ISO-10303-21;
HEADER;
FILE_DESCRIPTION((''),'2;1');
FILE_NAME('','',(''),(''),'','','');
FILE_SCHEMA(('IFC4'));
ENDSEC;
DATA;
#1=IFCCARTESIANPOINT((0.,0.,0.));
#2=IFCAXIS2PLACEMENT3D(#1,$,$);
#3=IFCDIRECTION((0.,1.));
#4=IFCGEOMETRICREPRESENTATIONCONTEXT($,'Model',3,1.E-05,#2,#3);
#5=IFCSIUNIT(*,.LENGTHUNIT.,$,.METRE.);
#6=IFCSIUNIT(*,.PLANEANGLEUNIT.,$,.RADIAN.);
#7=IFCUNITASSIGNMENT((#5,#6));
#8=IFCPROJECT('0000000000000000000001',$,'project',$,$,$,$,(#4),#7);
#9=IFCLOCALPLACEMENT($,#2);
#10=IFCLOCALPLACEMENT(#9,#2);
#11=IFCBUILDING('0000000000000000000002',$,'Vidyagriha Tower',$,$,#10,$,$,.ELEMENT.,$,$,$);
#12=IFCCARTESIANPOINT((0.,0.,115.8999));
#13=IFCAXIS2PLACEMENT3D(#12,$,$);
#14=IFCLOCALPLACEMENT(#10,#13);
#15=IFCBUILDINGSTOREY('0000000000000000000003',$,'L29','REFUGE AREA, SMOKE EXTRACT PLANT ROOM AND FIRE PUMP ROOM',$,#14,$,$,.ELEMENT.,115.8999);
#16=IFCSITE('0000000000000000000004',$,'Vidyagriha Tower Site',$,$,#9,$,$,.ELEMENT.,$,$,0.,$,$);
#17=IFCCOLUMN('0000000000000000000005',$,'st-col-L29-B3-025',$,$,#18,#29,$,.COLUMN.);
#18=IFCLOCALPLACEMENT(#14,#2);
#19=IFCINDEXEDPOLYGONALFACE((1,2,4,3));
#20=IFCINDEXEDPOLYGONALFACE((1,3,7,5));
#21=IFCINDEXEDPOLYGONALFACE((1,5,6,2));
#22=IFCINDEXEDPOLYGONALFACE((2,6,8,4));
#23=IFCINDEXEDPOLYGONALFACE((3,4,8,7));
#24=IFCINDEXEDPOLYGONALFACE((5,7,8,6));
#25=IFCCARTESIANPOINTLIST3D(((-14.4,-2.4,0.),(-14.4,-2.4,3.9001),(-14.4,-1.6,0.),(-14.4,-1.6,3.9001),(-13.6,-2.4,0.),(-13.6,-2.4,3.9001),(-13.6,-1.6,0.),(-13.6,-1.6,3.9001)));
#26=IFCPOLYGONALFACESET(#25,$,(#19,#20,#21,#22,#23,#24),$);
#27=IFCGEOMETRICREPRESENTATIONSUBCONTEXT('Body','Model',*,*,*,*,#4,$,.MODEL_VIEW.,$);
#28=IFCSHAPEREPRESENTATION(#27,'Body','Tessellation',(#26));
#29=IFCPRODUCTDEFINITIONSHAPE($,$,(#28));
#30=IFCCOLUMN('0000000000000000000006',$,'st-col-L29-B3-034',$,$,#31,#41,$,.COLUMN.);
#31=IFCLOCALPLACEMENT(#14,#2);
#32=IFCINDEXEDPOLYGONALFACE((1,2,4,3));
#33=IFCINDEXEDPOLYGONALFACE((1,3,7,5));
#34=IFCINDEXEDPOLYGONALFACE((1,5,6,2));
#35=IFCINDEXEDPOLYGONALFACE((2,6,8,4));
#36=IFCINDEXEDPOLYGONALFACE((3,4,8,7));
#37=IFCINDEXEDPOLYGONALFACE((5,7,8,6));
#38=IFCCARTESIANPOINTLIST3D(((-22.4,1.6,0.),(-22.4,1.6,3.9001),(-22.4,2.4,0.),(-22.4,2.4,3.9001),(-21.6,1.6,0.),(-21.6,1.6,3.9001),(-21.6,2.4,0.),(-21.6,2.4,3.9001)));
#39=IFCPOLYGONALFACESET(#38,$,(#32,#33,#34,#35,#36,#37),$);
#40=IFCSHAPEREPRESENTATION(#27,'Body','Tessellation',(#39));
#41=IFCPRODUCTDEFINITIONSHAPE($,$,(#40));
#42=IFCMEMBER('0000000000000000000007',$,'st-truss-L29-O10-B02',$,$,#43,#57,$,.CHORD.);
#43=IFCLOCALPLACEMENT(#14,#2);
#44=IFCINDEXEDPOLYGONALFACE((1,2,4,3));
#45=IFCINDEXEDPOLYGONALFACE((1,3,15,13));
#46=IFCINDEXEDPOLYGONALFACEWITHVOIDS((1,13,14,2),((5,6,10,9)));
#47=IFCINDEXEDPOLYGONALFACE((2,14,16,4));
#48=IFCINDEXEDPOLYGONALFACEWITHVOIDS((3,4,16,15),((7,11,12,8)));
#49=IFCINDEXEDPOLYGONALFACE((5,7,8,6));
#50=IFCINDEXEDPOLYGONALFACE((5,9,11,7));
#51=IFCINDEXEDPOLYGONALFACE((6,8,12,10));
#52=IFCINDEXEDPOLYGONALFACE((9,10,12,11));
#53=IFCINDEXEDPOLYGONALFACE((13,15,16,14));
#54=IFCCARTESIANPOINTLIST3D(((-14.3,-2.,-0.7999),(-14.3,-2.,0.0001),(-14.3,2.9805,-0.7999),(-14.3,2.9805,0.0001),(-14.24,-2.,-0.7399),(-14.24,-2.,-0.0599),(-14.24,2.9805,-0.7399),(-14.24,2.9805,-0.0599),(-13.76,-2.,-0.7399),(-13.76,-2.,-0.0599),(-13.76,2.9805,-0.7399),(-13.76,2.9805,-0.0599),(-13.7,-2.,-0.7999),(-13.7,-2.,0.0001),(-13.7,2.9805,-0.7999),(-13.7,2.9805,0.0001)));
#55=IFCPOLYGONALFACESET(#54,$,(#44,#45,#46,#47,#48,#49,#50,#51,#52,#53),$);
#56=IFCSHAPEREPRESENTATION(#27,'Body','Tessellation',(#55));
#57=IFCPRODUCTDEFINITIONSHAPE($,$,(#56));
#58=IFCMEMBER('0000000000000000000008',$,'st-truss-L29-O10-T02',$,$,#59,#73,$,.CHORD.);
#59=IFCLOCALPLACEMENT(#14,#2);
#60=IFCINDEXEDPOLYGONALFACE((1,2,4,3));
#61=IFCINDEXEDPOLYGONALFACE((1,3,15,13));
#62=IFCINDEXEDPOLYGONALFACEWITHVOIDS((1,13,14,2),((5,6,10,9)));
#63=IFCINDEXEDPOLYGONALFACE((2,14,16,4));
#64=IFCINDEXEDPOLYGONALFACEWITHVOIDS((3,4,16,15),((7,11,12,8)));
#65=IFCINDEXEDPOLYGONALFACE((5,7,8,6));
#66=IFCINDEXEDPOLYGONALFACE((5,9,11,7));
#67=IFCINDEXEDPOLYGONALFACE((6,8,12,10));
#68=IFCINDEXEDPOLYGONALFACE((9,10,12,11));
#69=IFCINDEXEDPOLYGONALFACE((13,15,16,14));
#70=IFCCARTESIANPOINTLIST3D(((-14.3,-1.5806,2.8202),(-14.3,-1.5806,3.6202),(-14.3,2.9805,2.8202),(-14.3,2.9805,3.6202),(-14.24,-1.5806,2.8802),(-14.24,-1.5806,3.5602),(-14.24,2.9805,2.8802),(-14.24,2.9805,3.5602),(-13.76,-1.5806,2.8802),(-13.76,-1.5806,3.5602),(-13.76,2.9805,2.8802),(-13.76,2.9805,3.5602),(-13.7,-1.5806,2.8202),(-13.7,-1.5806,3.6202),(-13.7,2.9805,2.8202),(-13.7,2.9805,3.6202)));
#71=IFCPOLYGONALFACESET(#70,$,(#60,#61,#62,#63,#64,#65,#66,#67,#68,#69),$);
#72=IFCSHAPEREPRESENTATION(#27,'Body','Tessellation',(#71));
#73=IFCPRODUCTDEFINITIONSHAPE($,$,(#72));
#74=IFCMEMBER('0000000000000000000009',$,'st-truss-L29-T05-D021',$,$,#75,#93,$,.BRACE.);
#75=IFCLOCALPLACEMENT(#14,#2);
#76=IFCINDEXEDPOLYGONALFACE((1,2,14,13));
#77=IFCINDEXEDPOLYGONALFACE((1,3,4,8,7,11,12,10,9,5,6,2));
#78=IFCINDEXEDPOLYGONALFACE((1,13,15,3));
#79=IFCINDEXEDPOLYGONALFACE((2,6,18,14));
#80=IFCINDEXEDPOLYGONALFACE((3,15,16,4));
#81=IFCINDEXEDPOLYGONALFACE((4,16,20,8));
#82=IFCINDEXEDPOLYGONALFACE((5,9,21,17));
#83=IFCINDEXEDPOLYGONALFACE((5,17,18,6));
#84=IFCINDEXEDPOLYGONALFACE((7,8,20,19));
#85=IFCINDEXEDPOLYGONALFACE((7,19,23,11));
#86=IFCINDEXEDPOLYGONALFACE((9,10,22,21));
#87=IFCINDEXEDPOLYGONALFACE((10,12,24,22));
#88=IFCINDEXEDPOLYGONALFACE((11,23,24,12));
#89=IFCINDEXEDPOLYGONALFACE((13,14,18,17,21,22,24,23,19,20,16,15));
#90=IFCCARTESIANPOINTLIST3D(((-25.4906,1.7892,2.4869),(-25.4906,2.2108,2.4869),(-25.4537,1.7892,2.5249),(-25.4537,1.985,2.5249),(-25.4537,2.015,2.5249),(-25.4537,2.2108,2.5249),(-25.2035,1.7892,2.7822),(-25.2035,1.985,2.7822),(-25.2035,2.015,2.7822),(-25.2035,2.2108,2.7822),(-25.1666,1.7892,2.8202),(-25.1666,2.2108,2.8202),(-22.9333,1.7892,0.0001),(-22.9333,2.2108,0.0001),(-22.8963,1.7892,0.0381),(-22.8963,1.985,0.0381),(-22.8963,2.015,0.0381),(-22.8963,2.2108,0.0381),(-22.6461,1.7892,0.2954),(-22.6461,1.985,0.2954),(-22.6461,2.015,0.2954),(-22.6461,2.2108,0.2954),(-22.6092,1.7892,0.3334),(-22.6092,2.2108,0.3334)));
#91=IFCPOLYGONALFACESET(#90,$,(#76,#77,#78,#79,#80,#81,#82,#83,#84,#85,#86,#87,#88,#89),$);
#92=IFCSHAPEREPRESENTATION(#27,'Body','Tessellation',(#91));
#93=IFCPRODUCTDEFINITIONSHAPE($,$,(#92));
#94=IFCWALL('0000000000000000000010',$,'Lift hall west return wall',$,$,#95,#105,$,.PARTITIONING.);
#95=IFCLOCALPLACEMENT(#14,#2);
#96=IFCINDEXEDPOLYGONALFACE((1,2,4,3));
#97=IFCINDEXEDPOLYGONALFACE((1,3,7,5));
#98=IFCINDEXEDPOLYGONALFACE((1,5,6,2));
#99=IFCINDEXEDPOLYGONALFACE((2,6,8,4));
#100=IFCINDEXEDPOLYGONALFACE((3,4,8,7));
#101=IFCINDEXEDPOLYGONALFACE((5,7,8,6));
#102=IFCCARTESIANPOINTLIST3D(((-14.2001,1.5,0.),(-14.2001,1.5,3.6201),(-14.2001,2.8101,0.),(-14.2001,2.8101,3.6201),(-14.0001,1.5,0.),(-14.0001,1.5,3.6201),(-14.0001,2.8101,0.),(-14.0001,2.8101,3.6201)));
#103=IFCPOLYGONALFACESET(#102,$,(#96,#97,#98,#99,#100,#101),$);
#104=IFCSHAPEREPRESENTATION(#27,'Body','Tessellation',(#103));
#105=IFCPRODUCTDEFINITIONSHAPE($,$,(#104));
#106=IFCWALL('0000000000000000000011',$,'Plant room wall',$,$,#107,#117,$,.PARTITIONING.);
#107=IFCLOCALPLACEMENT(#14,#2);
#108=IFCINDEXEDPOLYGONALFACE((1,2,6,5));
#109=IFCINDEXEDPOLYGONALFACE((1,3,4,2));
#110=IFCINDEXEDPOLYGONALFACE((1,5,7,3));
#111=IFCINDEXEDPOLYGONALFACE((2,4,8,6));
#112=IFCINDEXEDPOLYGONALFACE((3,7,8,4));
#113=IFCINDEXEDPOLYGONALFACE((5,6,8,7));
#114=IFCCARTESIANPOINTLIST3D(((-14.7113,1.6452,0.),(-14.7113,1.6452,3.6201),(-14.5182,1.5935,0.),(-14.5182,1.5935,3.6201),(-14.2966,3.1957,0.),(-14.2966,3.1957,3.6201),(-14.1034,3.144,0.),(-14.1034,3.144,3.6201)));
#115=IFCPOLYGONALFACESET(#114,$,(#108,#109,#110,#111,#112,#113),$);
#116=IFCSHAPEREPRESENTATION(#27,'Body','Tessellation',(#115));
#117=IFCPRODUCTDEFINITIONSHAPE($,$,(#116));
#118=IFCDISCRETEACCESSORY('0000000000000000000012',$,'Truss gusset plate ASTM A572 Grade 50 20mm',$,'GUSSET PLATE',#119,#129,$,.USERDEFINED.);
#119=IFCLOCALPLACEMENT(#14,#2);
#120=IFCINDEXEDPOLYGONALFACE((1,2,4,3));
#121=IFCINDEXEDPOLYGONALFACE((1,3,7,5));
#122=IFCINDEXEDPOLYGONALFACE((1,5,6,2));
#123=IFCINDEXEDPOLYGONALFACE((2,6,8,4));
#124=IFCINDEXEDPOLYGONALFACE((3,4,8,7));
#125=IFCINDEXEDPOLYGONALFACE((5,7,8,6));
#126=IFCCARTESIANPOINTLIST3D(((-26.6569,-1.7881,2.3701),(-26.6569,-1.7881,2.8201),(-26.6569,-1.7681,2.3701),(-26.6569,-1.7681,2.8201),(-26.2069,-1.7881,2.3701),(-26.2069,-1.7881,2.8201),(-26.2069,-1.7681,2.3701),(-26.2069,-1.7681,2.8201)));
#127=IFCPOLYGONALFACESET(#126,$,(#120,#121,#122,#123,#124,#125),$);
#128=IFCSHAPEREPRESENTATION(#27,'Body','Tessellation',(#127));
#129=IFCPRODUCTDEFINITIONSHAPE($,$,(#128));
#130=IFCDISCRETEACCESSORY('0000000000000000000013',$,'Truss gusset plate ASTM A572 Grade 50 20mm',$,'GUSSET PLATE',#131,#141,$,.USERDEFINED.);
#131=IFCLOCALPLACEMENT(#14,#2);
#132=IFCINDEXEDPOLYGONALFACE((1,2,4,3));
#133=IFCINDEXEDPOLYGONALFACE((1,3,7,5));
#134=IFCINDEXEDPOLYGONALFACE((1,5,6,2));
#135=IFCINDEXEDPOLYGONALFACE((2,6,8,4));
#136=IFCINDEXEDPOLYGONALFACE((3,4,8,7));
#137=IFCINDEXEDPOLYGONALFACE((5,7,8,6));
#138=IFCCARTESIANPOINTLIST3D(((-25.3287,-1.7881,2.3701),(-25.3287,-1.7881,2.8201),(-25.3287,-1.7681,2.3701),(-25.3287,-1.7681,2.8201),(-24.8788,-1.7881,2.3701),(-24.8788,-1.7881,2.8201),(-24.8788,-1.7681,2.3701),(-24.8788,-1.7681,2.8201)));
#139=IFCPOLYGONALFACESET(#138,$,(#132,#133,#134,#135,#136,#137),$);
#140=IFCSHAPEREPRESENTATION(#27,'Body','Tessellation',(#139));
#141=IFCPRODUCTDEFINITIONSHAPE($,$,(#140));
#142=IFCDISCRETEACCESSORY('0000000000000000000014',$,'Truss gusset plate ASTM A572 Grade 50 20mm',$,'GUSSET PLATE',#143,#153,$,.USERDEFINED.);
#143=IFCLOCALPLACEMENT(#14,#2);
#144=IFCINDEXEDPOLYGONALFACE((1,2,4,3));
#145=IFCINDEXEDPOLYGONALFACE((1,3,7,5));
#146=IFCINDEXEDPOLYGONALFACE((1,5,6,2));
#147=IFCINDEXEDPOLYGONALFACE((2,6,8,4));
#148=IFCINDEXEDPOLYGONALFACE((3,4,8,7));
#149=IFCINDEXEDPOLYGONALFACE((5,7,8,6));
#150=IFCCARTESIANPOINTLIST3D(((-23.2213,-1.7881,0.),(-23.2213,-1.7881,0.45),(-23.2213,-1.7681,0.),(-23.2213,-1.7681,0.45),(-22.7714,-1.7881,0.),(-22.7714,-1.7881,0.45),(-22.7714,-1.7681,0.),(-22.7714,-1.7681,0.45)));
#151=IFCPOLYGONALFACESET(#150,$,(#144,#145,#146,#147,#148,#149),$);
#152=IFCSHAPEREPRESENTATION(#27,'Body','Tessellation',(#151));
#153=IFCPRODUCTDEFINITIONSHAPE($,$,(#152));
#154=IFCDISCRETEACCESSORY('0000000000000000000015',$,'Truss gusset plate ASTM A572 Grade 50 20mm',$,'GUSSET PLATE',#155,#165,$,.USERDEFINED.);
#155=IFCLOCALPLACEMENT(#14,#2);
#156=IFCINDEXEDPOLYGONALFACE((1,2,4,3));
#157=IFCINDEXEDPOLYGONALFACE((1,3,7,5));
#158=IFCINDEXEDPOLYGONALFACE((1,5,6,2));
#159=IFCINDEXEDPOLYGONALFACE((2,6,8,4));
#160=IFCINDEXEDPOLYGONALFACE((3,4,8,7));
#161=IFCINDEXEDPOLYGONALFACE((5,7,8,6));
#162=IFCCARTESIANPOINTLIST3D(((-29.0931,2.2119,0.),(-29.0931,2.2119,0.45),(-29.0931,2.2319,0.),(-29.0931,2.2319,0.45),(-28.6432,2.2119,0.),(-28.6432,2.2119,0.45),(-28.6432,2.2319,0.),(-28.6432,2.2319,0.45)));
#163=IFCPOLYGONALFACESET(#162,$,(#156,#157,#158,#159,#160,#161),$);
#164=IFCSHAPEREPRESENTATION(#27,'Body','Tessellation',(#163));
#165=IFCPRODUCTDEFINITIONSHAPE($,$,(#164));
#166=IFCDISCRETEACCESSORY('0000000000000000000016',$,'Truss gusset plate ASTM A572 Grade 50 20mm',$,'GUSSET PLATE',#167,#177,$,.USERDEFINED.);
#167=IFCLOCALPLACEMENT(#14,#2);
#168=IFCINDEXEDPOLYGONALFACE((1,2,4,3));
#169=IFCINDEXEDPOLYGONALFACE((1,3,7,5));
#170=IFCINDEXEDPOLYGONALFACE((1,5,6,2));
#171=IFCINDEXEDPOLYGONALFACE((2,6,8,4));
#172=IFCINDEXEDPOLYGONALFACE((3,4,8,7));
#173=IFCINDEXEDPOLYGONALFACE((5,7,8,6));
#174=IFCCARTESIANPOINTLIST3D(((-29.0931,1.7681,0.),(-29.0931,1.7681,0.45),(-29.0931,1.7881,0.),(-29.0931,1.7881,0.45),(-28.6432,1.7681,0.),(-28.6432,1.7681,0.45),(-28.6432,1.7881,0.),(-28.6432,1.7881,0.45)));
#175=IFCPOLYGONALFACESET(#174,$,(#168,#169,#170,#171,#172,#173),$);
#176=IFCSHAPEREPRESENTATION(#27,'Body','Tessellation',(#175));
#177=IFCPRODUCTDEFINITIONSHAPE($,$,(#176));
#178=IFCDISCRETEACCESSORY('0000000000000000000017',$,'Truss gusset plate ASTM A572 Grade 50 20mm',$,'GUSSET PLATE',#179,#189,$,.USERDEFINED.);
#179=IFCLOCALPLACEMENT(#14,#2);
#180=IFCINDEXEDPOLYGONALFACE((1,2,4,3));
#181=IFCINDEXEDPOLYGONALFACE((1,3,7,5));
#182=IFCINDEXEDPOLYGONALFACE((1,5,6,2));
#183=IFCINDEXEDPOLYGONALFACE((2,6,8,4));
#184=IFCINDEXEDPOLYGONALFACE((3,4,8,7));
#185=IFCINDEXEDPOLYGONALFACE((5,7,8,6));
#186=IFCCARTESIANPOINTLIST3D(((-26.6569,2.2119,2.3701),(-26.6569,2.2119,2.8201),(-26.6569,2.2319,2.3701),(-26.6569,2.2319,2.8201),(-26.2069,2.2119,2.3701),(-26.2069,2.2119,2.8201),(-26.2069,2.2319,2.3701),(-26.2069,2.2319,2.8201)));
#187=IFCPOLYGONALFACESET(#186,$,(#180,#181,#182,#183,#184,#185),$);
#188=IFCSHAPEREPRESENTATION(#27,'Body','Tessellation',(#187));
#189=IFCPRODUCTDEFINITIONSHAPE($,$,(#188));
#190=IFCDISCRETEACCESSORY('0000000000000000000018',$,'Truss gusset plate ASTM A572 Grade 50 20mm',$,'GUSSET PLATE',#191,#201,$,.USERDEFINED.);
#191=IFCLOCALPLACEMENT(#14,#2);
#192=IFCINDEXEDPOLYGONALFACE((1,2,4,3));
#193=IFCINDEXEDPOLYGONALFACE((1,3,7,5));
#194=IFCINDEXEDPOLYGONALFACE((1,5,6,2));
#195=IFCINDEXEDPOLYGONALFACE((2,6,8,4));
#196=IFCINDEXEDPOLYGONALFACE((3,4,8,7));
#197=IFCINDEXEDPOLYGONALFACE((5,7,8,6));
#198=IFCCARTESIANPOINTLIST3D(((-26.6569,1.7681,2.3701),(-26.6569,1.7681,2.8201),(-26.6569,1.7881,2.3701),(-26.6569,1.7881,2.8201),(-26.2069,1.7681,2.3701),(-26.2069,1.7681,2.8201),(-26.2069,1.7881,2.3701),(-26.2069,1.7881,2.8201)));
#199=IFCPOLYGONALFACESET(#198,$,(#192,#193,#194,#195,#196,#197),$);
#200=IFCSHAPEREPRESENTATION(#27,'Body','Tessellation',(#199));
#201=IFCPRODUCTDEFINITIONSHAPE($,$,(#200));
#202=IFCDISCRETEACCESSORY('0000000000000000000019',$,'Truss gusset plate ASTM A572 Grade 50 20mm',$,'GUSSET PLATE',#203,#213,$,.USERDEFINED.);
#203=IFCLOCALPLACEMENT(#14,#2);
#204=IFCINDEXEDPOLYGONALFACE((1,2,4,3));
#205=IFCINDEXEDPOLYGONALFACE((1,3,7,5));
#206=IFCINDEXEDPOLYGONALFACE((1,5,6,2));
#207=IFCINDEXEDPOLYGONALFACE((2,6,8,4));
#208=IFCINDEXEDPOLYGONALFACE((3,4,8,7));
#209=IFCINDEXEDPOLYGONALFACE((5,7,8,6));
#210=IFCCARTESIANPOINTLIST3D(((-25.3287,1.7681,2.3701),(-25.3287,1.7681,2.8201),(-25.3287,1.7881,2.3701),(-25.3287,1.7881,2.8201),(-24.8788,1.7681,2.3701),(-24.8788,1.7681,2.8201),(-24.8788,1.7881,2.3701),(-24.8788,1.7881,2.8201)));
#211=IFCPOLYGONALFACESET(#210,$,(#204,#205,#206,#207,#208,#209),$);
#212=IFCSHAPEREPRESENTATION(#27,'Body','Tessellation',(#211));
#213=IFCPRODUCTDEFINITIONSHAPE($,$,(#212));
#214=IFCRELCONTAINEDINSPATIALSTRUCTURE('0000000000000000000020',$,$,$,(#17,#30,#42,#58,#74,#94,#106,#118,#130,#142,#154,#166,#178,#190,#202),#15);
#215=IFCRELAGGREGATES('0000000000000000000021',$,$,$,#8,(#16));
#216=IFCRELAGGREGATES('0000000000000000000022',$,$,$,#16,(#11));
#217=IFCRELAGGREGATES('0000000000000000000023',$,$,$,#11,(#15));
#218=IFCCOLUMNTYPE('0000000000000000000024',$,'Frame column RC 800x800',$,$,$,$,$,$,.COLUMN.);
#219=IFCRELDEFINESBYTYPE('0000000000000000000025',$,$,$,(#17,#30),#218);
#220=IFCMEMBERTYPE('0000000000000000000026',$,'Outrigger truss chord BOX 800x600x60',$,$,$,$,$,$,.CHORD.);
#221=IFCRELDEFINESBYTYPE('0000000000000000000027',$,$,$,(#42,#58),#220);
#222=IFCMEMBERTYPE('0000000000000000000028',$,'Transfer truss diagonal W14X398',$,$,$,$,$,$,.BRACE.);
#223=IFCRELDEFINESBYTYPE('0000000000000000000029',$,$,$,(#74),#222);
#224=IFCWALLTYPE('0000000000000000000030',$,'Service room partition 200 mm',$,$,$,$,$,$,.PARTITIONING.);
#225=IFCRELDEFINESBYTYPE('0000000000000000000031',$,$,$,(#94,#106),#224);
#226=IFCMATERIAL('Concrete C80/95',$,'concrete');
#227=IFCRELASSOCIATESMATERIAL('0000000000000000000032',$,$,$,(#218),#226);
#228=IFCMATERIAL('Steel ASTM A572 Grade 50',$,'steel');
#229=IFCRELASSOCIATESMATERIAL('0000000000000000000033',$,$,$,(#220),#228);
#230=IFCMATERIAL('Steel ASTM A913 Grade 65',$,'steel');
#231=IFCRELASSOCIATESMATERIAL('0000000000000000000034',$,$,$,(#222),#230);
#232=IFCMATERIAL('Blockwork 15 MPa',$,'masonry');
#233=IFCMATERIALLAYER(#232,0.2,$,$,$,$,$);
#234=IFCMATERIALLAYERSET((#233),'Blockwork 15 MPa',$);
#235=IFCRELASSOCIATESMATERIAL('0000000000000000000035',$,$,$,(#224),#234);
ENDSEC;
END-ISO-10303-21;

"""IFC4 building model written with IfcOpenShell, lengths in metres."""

from ifc_helpers import new_model, si_unit, direction, frame, frame_2d, origin, origin_2d, place, context, subcontext, project, spatial, rectangle, hollow_rectangle, i_section, extrude, material, layer, layer_set, material_profile, profile_set, type_object, element, save


model = new_model("IFC4")

# Units and contexts
model_context = context("Model", 3, precision=1e-05, world=origin(), true_north=direction((0.0, 1.0)))
body_context = subcontext(model_context, "Body", "Model", "MODEL_VIEW")
ifc_project = project(units=[si_unit("LENGTHUNIT", "METRE"), si_unit("PLANEANGLEUNIT", "RADIAN")], contexts=[model_context])

# Site, building, storey
site_placement = place(None, origin())
site = spatial("IfcSite", under=ifc_project, at=site_placement, Name="Vidyagriha Tower Site", CompositionType="ELEMENT", RefElevation=0.0)
building_placement = place(site_placement, origin())
building = spatial("IfcBuilding", under=site, at=building_placement, Name="Vidyagriha Tower", CompositionType="ELEMENT")
storey_placement = place(building_placement, frame((0.0, 0.0, 115.8999)))
storey = spatial("IfcBuildingStorey", under=building, at=storey_placement, Name="L29", Description="REFUGE AREA, SMOKE EXTRACT PLANT ROOM AND FIRE PUMP ROOM", CompositionType="ELEMENT", Elevation=115.8999)

# Columns
ifc_material_1 = material(Name="Concrete C80/95", Category="concrete")
ifc_material_profile_1 = material_profile(ifc_material_1, rectangle(XDim=0.8, YDim=0.8, at=origin_2d()), Name="RC 800x800")
ifc_profile_set_1 = profile_set([ifc_material_profile_1], Name="Concrete C80/95")
column_type = type_object("IfcColumnType", Name="Frame column RC 800x800", PredefinedType="COLUMN", material=ifc_profile_set_1)
for number, where, name in (
    (1, (-14.0, -2.0, 0.0), "st-col-L29-B3-025"),
    (2, (-22.0, 2.0, 0.0), "st-col-L29-B3-034"),
):
    element("IfcColumn", number, at=place(storey_placement, frame(where)), inside=storey, type_object=column_type, Name=name, PredefinedType="COLUMN", context=body_context, shape_type="SweptSolid", body=[
        extrude(rectangle(XDim=0.8, YDim=0.8, at=origin_2d()), origin(), (0.0, 0.0, 1.0), 3.9001),
    ])

# Members
ifc_material_2 = material(Name="Steel ASTM A572 Grade 50", Category="steel")
ifc_material_profile_2 = material_profile(ifc_material_2, hollow_rectangle(XDim=0.6001, YDim=0.8, WallThickness=0.0601, at=origin_2d()), Name="BOX 800x600x60")
ifc_profile_set_2 = profile_set([ifc_material_profile_2], Name="Steel ASTM A572 Grade 50")
member_type_1 = type_object("IfcMemberType", Name="Outrigger truss chord BOX 800x600x60", PredefinedType="CHORD", material=ifc_profile_set_2)
member_1_placement = place(storey_placement, frame((-14.0, -2.0, -0.3999), z_axis=(0.0, 1.0, 0.0), x_axis=(-1.0, 0.0, 0.0)))
element("IfcMember", 3, at=member_1_placement, inside=storey, type_object=member_type_1, Name="st-truss-L29-O10-B02", PredefinedType="CHORD", context=body_context, shape_type="SweptSolid", body=[
    extrude(hollow_rectangle(XDim=0.6001, YDim=0.8, WallThickness=0.0601, at=origin_2d()), origin(), (0.0, 0.0, 1.0), 4.9805),
])
member_2_placement = place(storey_placement, frame((-14.0, -1.5806, 3.2202), z_axis=(0.0, 1.0, 0.0), x_axis=(-1.0, 0.0, 0.0)))
element("IfcMember", 4, at=member_2_placement, inside=storey, type_object=member_type_1, Name="st-truss-L29-O10-T02", PredefinedType="CHORD", context=body_context, shape_type="SweptSolid", body=[
    extrude(hollow_rectangle(XDim=0.6001, YDim=0.8, WallThickness=0.0601, at=origin_2d()), origin(), (0.0, 0.0, 1.0), 4.561),
])
ifc_material_3 = material(Name="Steel ASTM A913 Grade 65", Category="steel")
ifc_material_profile_3 = material_profile(ifc_material_3, i_section(OverallWidth=0.4216, OverallDepth=0.4648, WebThickness=0.03, FlangeThickness=0.053, at=origin_2d()), Name="W14X398")
ifc_profile_set_3 = profile_set([ifc_material_profile_3], Name="Steel ASTM A913 Grade 65")
member_type_2 = type_object("IfcMemberType", Name="Transfer truss diagonal W14X398", PredefinedType="BRACE", material=ifc_profile_set_3)
member_3_placement = place(storey_placement, frame((-25.3286, 2.0, 2.6536), z_axis=(0.716927, 0.0, -0.697148), x_axis=(0.0, 1.0, 0.0)))
element("IfcMember", 5, at=member_3_placement, inside=storey, type_object=member_type_2, Name="st-truss-L29-T05-D021", PredefinedType="BRACE", context=body_context, shape_type="SweptSolid", body=[
    extrude(i_section(OverallWidth=0.4216, OverallDepth=0.4648, WebThickness=0.03, FlangeThickness=0.053, at=origin_2d()), origin(), (0.0, 0.0, 1.0), 3.5671),
])

# Walls
ifc_material_4 = material(Name="Blockwork 15 MPa", Category="masonry")
ifc_layer = layer(ifc_material_4, 0.2)
ifc_layer_set = layer_set([ifc_layer], Name="Blockwork 15 MPa")
wall_type = type_object("IfcWallType", Name="Service room partition 200 mm", PredefinedType="PARTITIONING", material=ifc_layer_set)
wall_1_placement = place(storey_placement, frame((-14.1001, 1.5, 0.0), z_axis=(0.0, 0.0, 1.0), x_axis=(0.0, 1.0, 0.0)))
element("IfcWall", 6, at=wall_1_placement, inside=storey, type_object=wall_type, Name="Lift hall west return wall", PredefinedType="PARTITIONING", context=body_context, shape_type="SweptSolid", body=[
    extrude(rectangle(XDim=1.3101, YDim=0.2, at=frame_2d((0.655, 0.0))), origin(), (0.0, 0.0, 1.0), 3.6201),
])
wall_2_placement = place(storey_placement, frame((-14.6147, 1.6194, 0.0), z_axis=(0.0, 0.0, 1.0), x_axis=(0.258429, 0.96603, 0.0)))
element("IfcWall", 7, at=wall_2_placement, inside=storey, type_object=wall_type, Name="Plant room wall", PredefinedType="PARTITIONING", context=body_context, shape_type="SweptSolid", body=[
    extrude(rectangle(XDim=1.605, YDim=0.2, at=frame_2d((0.8025, 0.0))), origin(), (0.0, 0.0, 1.0), 3.6201),
])

# Discrete accessories
for number, where, name in (
    (8, (-26.4319, -1.7781, 2.3701), "Truss gusset plate ASTM A572 Grade 50 20mm"),
    (9, (-25.1038, -1.7781, 2.3701), "Truss gusset plate ASTM A572 Grade 50 20mm"),
    (10, (-22.9963, -1.7781, 0.0), "Truss gusset plate ASTM A572 Grade 50 20mm"),
    (11, (-28.8682, 2.2219, 0.0), "Truss gusset plate ASTM A572 Grade 50 20mm"),
    (12, (-28.8682, 1.7781, 0.0), "Truss gusset plate ASTM A572 Grade 50 20mm"),
    (13, (-26.4319, 2.2219, 2.3701), "Truss gusset plate ASTM A572 Grade 50 20mm"),
    (14, (-26.4319, 1.7781, 2.3701), "Truss gusset plate ASTM A572 Grade 50 20mm"),
    (15, (-25.1038, 1.7781, 2.3701), "Truss gusset plate ASTM A572 Grade 50 20mm"),
):
    element("IfcDiscreteAccessory", number, at=place(storey_placement, frame(where)), inside=storey, Name=name, ObjectType="GUSSET PLATE", PredefinedType="USERDEFINED", context=body_context, shape_type="SweptSolid", body=[
        extrude(rectangle(XDim=0.45, YDim=0.02, at=origin_2d()), origin(), (0.0, 0.0, 1.0), 0.45),
    ])

save(model, "model.ifc")
